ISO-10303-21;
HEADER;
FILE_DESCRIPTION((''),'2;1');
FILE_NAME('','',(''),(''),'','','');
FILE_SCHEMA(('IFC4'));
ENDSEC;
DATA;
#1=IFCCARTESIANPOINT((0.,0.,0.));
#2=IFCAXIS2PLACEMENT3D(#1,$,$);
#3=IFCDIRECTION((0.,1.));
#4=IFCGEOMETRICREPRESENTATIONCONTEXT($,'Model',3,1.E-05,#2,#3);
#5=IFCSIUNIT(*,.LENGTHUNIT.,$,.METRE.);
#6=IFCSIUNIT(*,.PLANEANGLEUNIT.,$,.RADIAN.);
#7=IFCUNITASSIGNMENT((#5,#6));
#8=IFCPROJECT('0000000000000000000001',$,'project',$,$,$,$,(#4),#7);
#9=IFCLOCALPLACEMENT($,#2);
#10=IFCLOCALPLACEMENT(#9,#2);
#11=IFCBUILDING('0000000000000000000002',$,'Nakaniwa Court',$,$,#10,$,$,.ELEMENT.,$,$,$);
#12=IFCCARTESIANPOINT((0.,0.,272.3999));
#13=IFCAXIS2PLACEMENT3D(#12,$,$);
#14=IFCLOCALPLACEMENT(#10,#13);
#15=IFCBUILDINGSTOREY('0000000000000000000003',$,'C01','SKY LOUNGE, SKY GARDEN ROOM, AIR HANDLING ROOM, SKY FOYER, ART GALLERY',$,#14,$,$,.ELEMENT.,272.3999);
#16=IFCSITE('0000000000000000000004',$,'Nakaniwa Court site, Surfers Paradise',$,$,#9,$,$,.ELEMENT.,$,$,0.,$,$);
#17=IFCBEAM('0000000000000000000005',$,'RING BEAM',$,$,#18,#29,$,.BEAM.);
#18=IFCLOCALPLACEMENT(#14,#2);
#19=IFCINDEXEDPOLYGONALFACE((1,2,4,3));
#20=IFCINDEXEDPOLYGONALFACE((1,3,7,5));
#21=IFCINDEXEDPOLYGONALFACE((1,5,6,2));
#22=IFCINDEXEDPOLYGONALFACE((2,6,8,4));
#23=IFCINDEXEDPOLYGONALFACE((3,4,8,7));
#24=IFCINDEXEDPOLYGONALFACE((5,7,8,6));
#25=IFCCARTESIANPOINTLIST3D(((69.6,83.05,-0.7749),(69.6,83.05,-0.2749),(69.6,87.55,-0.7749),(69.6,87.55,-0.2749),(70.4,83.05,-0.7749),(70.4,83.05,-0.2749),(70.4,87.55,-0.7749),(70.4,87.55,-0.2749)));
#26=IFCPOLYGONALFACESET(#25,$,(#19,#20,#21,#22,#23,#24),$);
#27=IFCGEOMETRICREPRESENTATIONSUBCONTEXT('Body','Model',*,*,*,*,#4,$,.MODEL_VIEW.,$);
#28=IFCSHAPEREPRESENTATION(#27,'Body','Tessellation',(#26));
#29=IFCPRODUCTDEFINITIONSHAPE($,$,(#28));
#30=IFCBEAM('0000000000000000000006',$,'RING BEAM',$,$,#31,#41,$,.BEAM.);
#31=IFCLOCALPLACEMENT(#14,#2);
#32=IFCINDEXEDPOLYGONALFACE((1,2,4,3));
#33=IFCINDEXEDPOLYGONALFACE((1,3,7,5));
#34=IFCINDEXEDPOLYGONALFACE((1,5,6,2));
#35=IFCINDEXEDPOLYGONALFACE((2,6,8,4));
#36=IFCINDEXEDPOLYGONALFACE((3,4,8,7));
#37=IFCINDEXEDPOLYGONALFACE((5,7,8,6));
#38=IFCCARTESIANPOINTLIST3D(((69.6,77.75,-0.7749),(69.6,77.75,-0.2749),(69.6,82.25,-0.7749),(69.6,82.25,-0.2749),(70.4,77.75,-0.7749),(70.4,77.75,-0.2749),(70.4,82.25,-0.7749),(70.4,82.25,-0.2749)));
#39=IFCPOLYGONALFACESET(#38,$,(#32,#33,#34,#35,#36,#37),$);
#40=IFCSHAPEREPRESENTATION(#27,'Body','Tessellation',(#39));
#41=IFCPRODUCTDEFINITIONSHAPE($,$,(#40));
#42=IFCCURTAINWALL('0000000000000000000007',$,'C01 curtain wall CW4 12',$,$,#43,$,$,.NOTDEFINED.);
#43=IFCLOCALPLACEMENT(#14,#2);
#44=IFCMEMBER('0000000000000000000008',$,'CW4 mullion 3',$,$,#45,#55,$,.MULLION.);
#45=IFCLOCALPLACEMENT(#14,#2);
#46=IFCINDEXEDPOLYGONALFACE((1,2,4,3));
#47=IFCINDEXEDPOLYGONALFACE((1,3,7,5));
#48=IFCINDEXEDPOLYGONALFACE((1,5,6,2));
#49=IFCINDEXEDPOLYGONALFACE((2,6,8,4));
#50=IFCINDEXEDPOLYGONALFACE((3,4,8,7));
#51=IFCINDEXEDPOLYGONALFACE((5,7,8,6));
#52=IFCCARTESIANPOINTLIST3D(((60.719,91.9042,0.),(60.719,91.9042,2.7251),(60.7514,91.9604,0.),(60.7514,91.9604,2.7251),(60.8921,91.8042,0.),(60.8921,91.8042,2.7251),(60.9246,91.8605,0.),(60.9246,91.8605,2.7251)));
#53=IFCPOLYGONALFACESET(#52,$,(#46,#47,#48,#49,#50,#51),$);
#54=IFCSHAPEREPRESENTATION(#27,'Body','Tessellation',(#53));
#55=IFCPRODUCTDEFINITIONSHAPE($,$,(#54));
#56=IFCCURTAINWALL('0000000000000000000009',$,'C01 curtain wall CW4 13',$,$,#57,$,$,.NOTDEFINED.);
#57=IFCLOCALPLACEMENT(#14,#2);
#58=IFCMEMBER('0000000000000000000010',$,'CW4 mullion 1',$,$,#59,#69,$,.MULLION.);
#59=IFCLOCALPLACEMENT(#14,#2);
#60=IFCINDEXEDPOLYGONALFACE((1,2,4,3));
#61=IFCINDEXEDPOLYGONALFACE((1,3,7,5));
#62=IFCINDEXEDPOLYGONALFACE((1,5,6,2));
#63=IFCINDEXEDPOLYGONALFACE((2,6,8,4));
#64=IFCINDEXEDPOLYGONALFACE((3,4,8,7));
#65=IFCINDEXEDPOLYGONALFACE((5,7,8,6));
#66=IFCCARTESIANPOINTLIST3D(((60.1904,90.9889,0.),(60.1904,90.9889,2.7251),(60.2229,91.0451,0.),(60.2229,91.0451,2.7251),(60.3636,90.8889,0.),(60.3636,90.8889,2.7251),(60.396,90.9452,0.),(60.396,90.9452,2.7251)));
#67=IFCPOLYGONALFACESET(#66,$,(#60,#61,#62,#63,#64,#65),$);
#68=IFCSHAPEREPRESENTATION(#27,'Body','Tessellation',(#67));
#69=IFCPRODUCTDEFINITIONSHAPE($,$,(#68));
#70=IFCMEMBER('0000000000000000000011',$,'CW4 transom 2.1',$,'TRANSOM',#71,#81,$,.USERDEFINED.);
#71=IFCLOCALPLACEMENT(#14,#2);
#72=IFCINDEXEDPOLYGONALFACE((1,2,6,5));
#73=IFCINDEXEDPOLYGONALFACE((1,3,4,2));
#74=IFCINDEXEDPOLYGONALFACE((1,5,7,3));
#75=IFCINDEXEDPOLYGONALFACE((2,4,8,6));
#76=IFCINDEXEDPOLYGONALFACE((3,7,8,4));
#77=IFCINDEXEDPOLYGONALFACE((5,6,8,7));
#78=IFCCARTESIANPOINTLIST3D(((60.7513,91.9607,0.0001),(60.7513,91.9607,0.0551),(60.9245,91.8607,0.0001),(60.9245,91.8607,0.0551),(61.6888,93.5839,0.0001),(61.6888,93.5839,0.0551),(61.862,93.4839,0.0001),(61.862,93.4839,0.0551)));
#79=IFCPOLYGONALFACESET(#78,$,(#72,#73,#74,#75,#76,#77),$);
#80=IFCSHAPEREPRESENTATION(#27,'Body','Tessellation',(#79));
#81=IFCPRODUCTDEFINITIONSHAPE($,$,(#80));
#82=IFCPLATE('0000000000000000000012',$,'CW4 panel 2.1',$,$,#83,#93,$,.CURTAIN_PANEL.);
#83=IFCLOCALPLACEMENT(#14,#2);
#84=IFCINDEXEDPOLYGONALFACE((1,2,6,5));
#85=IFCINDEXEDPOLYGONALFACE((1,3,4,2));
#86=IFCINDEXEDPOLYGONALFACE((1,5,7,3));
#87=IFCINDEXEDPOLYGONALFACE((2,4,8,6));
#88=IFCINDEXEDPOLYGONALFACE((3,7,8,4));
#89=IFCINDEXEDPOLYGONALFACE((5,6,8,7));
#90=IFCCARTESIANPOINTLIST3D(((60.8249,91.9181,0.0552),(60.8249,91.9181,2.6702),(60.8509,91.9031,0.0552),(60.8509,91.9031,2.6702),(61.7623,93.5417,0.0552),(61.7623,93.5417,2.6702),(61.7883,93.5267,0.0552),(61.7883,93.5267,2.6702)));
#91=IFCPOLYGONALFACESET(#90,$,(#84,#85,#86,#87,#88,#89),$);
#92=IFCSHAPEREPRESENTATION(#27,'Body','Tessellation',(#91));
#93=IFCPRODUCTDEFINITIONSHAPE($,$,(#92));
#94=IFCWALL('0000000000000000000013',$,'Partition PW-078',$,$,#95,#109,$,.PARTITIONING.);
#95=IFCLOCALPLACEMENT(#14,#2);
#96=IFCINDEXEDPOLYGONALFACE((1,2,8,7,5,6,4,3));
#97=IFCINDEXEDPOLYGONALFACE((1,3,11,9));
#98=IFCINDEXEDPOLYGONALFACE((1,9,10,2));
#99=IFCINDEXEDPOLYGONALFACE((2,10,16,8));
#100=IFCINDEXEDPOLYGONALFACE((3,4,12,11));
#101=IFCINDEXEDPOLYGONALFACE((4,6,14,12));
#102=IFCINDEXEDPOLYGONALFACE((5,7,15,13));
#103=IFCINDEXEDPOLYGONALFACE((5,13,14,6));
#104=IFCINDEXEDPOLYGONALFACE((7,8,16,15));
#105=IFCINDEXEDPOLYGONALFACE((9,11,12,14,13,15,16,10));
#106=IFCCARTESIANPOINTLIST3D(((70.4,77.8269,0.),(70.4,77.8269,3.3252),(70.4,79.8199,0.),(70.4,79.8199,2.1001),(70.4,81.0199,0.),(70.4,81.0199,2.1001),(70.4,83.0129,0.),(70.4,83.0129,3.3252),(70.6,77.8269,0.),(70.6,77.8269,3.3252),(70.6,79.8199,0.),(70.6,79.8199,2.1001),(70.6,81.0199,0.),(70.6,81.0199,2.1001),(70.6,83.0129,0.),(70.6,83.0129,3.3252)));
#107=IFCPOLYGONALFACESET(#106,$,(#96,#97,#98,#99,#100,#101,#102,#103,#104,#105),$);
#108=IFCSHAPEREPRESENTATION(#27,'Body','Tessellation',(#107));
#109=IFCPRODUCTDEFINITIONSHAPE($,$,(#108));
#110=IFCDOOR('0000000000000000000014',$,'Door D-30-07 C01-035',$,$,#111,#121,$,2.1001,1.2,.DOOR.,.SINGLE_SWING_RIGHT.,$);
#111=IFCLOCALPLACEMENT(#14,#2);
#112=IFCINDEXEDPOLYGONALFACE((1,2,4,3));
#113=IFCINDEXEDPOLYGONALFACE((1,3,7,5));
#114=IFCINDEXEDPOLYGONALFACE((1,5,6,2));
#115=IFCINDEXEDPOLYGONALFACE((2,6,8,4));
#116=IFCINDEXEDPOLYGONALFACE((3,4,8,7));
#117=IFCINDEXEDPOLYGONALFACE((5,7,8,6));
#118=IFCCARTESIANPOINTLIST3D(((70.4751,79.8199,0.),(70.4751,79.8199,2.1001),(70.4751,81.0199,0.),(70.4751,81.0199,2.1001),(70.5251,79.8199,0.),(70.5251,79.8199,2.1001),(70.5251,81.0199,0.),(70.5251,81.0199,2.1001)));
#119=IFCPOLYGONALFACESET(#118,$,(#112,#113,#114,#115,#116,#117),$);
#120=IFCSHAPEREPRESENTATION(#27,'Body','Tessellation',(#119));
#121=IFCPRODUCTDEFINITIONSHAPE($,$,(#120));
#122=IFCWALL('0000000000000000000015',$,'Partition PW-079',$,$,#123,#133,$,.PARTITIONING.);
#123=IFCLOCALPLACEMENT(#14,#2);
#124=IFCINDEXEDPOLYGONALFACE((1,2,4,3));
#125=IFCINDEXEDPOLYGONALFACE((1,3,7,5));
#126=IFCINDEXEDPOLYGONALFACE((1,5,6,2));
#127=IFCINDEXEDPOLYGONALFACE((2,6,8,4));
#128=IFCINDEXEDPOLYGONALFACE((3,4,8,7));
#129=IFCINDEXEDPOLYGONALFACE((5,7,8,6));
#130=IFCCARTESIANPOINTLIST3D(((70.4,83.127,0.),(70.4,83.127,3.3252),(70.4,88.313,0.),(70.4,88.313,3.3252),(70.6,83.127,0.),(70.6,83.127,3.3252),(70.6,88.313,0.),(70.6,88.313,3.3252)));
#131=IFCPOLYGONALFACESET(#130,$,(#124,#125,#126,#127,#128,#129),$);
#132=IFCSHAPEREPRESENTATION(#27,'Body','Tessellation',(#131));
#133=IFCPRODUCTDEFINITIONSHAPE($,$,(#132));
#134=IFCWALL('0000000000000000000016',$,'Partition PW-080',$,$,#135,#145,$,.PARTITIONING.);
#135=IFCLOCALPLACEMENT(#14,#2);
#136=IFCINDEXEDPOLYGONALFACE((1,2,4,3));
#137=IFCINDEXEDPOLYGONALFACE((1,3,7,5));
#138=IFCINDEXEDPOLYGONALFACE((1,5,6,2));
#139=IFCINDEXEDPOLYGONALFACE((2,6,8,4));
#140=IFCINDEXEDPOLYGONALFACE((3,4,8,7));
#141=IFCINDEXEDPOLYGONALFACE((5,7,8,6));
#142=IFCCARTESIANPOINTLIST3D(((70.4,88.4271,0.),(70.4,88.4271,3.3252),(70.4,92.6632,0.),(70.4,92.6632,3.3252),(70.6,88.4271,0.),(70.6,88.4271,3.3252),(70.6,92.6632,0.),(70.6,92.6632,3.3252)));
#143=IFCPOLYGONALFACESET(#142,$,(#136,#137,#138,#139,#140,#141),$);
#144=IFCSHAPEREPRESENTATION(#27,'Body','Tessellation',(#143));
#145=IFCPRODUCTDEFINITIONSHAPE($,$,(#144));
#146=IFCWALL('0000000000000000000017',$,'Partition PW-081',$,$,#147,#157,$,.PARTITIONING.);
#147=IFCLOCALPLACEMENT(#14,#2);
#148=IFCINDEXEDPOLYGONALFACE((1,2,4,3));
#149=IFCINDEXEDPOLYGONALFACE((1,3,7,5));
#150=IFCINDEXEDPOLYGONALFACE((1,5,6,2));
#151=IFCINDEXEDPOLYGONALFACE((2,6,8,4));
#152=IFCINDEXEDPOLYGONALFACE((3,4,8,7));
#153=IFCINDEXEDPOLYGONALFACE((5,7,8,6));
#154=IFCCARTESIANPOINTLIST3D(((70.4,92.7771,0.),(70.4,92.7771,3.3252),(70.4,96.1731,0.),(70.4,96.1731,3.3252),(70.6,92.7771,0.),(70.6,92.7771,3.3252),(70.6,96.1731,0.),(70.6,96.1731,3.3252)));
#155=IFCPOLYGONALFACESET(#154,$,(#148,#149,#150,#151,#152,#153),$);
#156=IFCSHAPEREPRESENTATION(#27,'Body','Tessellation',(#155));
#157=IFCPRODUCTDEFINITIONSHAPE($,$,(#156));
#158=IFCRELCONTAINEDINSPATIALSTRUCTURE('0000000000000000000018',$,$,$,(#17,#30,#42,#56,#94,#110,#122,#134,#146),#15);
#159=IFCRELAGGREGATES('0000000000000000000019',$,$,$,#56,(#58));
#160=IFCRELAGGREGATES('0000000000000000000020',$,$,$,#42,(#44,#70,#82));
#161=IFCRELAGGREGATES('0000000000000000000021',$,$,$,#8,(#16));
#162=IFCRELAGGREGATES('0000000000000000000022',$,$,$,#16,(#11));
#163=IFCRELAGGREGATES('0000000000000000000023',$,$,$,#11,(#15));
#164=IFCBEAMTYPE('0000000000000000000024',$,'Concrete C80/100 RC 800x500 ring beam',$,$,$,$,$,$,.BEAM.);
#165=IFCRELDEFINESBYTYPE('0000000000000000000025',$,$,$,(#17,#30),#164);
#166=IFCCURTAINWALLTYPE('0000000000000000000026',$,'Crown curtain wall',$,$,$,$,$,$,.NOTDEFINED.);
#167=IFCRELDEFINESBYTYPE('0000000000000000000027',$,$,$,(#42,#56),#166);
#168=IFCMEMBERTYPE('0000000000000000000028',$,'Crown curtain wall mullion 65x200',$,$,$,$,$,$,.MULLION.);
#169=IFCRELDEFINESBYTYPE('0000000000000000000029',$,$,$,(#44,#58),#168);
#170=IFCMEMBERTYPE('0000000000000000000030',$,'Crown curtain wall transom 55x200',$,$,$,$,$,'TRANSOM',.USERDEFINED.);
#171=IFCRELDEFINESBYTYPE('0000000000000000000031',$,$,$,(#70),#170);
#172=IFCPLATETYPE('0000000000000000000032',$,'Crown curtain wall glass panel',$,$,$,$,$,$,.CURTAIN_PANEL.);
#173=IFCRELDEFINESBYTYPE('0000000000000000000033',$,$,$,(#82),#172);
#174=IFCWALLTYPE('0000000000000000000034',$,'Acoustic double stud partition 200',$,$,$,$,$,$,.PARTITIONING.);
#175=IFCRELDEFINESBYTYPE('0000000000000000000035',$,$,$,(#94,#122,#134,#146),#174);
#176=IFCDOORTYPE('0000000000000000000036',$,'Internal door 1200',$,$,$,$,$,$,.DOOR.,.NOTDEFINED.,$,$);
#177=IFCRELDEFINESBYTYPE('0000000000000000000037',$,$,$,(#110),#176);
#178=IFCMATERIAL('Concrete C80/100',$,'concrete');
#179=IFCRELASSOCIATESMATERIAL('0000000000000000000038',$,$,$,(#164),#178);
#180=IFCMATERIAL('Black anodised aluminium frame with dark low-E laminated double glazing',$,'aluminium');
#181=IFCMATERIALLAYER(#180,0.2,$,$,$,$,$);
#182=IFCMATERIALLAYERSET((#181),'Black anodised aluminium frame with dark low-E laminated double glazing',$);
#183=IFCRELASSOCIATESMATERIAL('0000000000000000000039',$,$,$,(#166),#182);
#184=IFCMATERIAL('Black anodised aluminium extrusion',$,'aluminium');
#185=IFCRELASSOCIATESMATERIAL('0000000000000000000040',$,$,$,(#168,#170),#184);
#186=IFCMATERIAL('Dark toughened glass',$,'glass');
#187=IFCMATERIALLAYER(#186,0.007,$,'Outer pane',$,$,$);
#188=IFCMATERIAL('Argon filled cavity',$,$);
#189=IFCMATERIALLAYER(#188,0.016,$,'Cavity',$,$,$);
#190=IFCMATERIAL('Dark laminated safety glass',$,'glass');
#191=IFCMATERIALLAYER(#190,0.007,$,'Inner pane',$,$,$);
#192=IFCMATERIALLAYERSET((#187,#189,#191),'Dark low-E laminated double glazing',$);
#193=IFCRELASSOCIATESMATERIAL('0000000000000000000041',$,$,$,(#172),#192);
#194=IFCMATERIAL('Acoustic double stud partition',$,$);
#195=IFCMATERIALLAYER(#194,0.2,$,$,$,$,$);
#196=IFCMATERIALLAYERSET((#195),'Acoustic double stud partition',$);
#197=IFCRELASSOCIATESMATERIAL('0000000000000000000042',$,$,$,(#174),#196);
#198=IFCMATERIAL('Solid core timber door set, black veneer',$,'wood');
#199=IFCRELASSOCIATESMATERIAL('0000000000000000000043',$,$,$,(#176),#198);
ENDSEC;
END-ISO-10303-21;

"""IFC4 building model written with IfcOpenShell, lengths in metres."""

from ifc_helpers import new_model, si_unit, direction, frame, frame_2d, origin, origin_2d, place, context, subcontext, project, spatial, rectangle, extrude, material, layer, layer_set, material_profile, profile_set, type_object, element, fill, aggregate, save


model = new_model("IFC4")

# Units and contexts
model_context = context("Model", 3, precision=1e-05, world=origin(), true_north=direction((0.0, 1.0)))
body_context = subcontext(model_context, "Body", "Model", "MODEL_VIEW")
ifc_project = project(units=[si_unit("LENGTHUNIT", "METRE"), si_unit("PLANEANGLEUNIT", "RADIAN")], contexts=[model_context])

# Site, building, storey
site_placement = place(None, origin())
site = spatial("IfcSite", under=ifc_project, at=site_placement, Name="Nakaniwa Court site, Surfers Paradise", CompositionType="ELEMENT", RefElevation=0.0)
building_placement = place(site_placement, origin())
building = spatial("IfcBuilding", under=site, at=building_placement, Name="Nakaniwa Court", CompositionType="ELEMENT")
storey_placement = place(building_placement, frame((0.0, 0.0, 272.3999)))
storey = spatial("IfcBuildingStorey", under=building, at=storey_placement, Name="C01", Description="SKY LOUNGE, SKY GARDEN ROOM, AIR HANDLING ROOM, SKY FOYER, ART GALLERY", CompositionType="ELEMENT", Elevation=272.3999)

# Shared definitions
ifc_material_1 = material(Name="Concrete C80/100", Category="concrete")

# Beams
ifc_material_profile_1 = material_profile(ifc_material_1, rectangle(XDim=0.8, YDim=0.5, at=origin_2d()), Name="Concrete C80/100 RC 800x500 ring beam")
ifc_profile_set_1 = profile_set([ifc_material_profile_1], Name="Concrete C80/100")
beam_type_1 = type_object("IfcBeamType", Name="Concrete C80/100 RC 800x500 ring beam", PredefinedType="BEAM", material=ifc_profile_set_1)
for number, where, z_axis, x_axis, name in (
    (1, (70.0, 87.55, -0.5249), (0.0, -1.0, 0.0), (1.0, 0.0, 0.0), "RING BEAM"),
    (2, (70.0, 82.25, -0.5249), (0.0, -1.0, 0.0), (1.0, 0.0, 0.0), "RING BEAM"),
):
    element("IfcBeam", number, at=place(storey_placement, frame(where, z_axis=z_axis, x_axis=x_axis)), inside=storey, type_object=beam_type_1, Name=name, PredefinedType="BEAM", context=body_context, shape_type="SweptSolid", body=[
        extrude(rectangle(XDim=0.8, YDim=0.5, at=origin_2d()), origin(), (0.0, 0.0, 1.0), 4.5),
    ])

# Curtain walls, members
ifc_material_2 = material(Name="Black anodised aluminium frame with dark low-E laminated double glazing", Category="aluminium")
ifc_layer_1 = layer(ifc_material_2, 0.2)
ifc_layer_set_1 = layer_set([ifc_layer_1], Name="Black anodised aluminium frame with dark low-E laminated double glazing")
curtain_wall_type = type_object("IfcCurtainWallType", Name="Crown curtain wall", PredefinedType="NOTDEFINED", material=ifc_layer_set_1)
curtain_wall_1_placement = place(storey_placement, origin())
curtain_wall_1 = element("IfcCurtainWall", 3, at=curtain_wall_1_placement, inside=storey, type_object=curtain_wall_type, Name="C01 curtain wall CW4 12", PredefinedType="NOTDEFINED")
ifc_material_3 = material(Name="Black anodised aluminium extrusion", Category="aluminium")
ifc_material_profile_2 = material_profile(ifc_material_3, rectangle(XDim=0.2, YDim=0.0649, at=origin_2d()), Name="Crown curtain wall mullion 65x200")
ifc_profile_set_2 = profile_set([ifc_material_profile_2], Name="Black anodised aluminium extrusion")
member_type_1 = type_object("IfcMemberType", Name="Crown curtain wall mullion 65x200", PredefinedType="MULLION", material=ifc_profile_set_2)
member_1_placement = place(storey_placement, frame((60.8218, 91.8823, 0.0), z_axis=(0.0, 0.0, 1.0), x_axis=(0.866016, -0.500017, 0.0)))
member_1 = element("IfcMember", 4, at=member_1_placement, type_object=member_type_1, Name="CW4 mullion 3", PredefinedType="MULLION", context=body_context, shape_type="SweptSolid", body=[
    extrude(rectangle(XDim=0.2, YDim=0.0649, at=origin_2d()), origin(), (0.0, 0.0, 1.0), 2.7251),
])
curtain_wall_2_placement = place(storey_placement, origin())
curtain_wall_2 = element("IfcCurtainWall", 5, at=curtain_wall_2_placement, inside=storey, type_object=curtain_wall_type, Name="C01 curtain wall CW4 13", PredefinedType="NOTDEFINED")
member_2_placement = place(storey_placement, frame((60.2932, 90.967, 0.0), z_axis=(0.0, 0.0, 1.0), x_axis=(0.866033, -0.499987, 0.0)))
member_2 = element("IfcMember", 6, at=member_2_placement, type_object=member_type_1, Name="CW4 mullion 1", PredefinedType="MULLION", context=body_context, shape_type="SweptSolid", body=[
    extrude(rectangle(XDim=0.2, YDim=0.0649, at=origin_2d()), origin(), (0.0, 0.0, 1.0), 2.7251),
])
aggregate(curtain_wall_2, [member_2])

# Member
ifc_material_profile_3 = material_profile(ifc_material_3, rectangle(XDim=0.2, YDim=0.0549, at=origin_2d()), Name="Crown curtain wall transom 55x200")
ifc_profile_set_3 = profile_set([ifc_material_profile_3], Name="Black anodised aluminium extrusion")
member_type_2 = type_object("IfcMemberType", Name="Crown curtain wall transom 55x200", ElementType="TRANSOM", PredefinedType="USERDEFINED", material=ifc_profile_set_3)
member_3_placement = place(storey_placement, frame((61.7754, 93.5339, 0.0276), z_axis=(-0.500117, -0.865958, 0.0), x_axis=(0.865958, -0.500117, 0.0)))
member_3 = element("IfcMember", 7, at=member_3_placement, type_object=member_type_2, Name="CW4 transom 2.1", ObjectType="TRANSOM", PredefinedType="USERDEFINED", context=body_context, shape_type="SweptSolid", body=[
    extrude(rectangle(XDim=0.2, YDim=0.0549, at=origin_2d()), origin(), (0.0, 0.0, 1.0), 1.8745),
])

# Plate
ifc_material_4 = material(Name="Dark toughened glass", Category="glass")
ifc_layer_2 = layer(ifc_material_4, 0.007, Name="Outer pane")
ifc_material_5 = material(Name="Argon filled cavity")
ifc_layer_3 = layer(ifc_material_5, 0.016, Name="Cavity")
ifc_material_6 = material(Name="Dark laminated safety glass", Category="glass")
ifc_layer_4 = layer(ifc_material_6, 0.007, Name="Inner pane")
ifc_layer_set_2 = layer_set([ifc_layer_2, ifc_layer_3, ifc_layer_4], Name="Dark low-E laminated double glazing")
plate_type = type_object("IfcPlateType", Name="Crown curtain wall glass panel", PredefinedType="CURTAIN_PANEL", material=ifc_layer_set_2)
plate_placement = place(storey_placement, frame((61.3066, 92.7224, 0.0552), z_axis=(0.0, 0.0, 1.0), x_axis=(-0.500017, -0.866016, 0.0)))
plate = element("IfcPlate", 8, at=plate_placement, type_object=plate_type, Name="CW4 panel 2.1", PredefinedType="CURTAIN_PANEL", context=body_context, shape_type="SweptSolid", body=[
    extrude(rectangle(XDim=1.8748, YDim=0.03, at=origin_2d()), origin(), (0.0, 0.0, 1.0), 2.615),
])
aggregate(curtain_wall_1, [member_1, member_3, plate])

# Wall, opening, door
ifc_material_7 = material(Name="Acoustic double stud partition")
ifc_layer_5 = layer(ifc_material_7, 0.2)
ifc_layer_set_3 = layer_set([ifc_layer_5], Name="Acoustic double stud partition")
wall_type_1 = type_object("IfcWallType", Name="Acoustic double stud partition 200", PredefinedType="PARTITIONING", material=ifc_layer_set_3)
wall_1_placement = place(storey_placement, frame((70.5, 77.8269, 0.0), z_axis=(0.0, 0.0, 1.0), x_axis=(0.0, 1.0, 0.0)))
wall_1 = element("IfcWall", 9, at=wall_1_placement, inside=storey, type_object=wall_type_1, Name="Partition PW-078", PredefinedType="PARTITIONING", context=body_context, shape_type="SweptSolid", body=[
    extrude(rectangle(XDim=5.186, YDim=0.2, at=frame_2d((2.593, 0.0))), origin(), (0.0, 0.0, 1.0), 3.3252),
])
opening_1_placement = place(wall_1_placement, frame((1.9929, 0.0, 0.0)))
opening_1 = element("IfcOpeningElement", 10, at=opening_1_placement, cuts=wall_1, PredefinedType="OPENING", context=body_context, shape_type="SweptSolid", body=[
    extrude(rectangle(XDim=1.2, YDim=2.1001, at=frame_2d((0.6001, 1.05))), frame((0.0, 0.1099, 0.0), z_axis=(0.0, -1.0, 0.0), x_axis=(1.0, 0.0, 0.0)), (0.0, 0.0, 1.0), 0.22),
])
ifc_material_8 = material(Name="Solid core timber door set, black veneer", Category="wood")
door_type_1 = type_object("IfcDoorType", Name="Internal door 1200", OperationType="NOTDEFINED", PredefinedType="DOOR", material=ifc_material_8)
door_1_placement = place(opening_1_placement, origin())
door_1 = element("IfcDoor", 11, at=door_1_placement, inside=storey, type_object=door_type_1, Name="Door D-30-07 C01-035", OperationType="SINGLE_SWING_RIGHT", OverallHeight=2.1001, OverallWidth=1.2, PredefinedType="DOOR", context=body_context, shape_type="SweptSolid", body=[
    extrude(rectangle(XDim=1.2, YDim=2.1001, at=frame_2d((0.6001, 1.05))), frame((0.0, 0.0249, 0.0), z_axis=(0.0, -1.0, 0.0), x_axis=(1.0, 0.0, 0.0)), (0.0, 0.0, 1.0), 0.05),
])
fill(opening_1, door_1)

# Walls
wall_2_placement = place(storey_placement, frame((70.5, 83.127, 0.0), z_axis=(0.0, 0.0, 1.0), x_axis=(0.0, 1.0, 0.0)))
element("IfcWall", 12, at=wall_2_placement, inside=storey, type_object=wall_type_1, Name="Partition PW-079", PredefinedType="PARTITIONING", context=body_context, shape_type="SweptSolid", body=[
    extrude(rectangle(XDim=5.186, YDim=0.2, at=frame_2d((2.593, 0.0))), origin(), (0.0, 0.0, 1.0), 3.3252),
])
wall_3_placement = place(storey_placement, frame((70.5, 88.427, 0.0), z_axis=(0.0, 0.0, 1.0), x_axis=(0.0, 1.0, 0.0)))
element("IfcWall", 13, at=wall_3_placement, inside=storey, type_object=wall_type_1, Name="Partition PW-080", PredefinedType="PARTITIONING", context=body_context, shape_type="SweptSolid", body=[
    extrude(rectangle(XDim=4.2361, YDim=0.2, at=frame_2d((2.1182, 0.0))), origin(), (0.0, 0.0, 1.0), 3.3252),
])
wall_4_placement = place(storey_placement, frame((70.5, 92.7771, 0.0), z_axis=(0.0, 0.0, 1.0), x_axis=(0.0, 1.0, 0.0)))
element("IfcWall", 14, at=wall_4_placement, inside=storey, type_object=wall_type_1, Name="Partition PW-081", PredefinedType="PARTITIONING", context=body_context, shape_type="SweptSolid", body=[
    extrude(rectangle(XDim=3.396, YDim=0.2, at=frame_2d((1.698, 0.0))), origin(), (0.0, 0.0, 1.0), 3.3252),
])

save(model, "model.ifc")
